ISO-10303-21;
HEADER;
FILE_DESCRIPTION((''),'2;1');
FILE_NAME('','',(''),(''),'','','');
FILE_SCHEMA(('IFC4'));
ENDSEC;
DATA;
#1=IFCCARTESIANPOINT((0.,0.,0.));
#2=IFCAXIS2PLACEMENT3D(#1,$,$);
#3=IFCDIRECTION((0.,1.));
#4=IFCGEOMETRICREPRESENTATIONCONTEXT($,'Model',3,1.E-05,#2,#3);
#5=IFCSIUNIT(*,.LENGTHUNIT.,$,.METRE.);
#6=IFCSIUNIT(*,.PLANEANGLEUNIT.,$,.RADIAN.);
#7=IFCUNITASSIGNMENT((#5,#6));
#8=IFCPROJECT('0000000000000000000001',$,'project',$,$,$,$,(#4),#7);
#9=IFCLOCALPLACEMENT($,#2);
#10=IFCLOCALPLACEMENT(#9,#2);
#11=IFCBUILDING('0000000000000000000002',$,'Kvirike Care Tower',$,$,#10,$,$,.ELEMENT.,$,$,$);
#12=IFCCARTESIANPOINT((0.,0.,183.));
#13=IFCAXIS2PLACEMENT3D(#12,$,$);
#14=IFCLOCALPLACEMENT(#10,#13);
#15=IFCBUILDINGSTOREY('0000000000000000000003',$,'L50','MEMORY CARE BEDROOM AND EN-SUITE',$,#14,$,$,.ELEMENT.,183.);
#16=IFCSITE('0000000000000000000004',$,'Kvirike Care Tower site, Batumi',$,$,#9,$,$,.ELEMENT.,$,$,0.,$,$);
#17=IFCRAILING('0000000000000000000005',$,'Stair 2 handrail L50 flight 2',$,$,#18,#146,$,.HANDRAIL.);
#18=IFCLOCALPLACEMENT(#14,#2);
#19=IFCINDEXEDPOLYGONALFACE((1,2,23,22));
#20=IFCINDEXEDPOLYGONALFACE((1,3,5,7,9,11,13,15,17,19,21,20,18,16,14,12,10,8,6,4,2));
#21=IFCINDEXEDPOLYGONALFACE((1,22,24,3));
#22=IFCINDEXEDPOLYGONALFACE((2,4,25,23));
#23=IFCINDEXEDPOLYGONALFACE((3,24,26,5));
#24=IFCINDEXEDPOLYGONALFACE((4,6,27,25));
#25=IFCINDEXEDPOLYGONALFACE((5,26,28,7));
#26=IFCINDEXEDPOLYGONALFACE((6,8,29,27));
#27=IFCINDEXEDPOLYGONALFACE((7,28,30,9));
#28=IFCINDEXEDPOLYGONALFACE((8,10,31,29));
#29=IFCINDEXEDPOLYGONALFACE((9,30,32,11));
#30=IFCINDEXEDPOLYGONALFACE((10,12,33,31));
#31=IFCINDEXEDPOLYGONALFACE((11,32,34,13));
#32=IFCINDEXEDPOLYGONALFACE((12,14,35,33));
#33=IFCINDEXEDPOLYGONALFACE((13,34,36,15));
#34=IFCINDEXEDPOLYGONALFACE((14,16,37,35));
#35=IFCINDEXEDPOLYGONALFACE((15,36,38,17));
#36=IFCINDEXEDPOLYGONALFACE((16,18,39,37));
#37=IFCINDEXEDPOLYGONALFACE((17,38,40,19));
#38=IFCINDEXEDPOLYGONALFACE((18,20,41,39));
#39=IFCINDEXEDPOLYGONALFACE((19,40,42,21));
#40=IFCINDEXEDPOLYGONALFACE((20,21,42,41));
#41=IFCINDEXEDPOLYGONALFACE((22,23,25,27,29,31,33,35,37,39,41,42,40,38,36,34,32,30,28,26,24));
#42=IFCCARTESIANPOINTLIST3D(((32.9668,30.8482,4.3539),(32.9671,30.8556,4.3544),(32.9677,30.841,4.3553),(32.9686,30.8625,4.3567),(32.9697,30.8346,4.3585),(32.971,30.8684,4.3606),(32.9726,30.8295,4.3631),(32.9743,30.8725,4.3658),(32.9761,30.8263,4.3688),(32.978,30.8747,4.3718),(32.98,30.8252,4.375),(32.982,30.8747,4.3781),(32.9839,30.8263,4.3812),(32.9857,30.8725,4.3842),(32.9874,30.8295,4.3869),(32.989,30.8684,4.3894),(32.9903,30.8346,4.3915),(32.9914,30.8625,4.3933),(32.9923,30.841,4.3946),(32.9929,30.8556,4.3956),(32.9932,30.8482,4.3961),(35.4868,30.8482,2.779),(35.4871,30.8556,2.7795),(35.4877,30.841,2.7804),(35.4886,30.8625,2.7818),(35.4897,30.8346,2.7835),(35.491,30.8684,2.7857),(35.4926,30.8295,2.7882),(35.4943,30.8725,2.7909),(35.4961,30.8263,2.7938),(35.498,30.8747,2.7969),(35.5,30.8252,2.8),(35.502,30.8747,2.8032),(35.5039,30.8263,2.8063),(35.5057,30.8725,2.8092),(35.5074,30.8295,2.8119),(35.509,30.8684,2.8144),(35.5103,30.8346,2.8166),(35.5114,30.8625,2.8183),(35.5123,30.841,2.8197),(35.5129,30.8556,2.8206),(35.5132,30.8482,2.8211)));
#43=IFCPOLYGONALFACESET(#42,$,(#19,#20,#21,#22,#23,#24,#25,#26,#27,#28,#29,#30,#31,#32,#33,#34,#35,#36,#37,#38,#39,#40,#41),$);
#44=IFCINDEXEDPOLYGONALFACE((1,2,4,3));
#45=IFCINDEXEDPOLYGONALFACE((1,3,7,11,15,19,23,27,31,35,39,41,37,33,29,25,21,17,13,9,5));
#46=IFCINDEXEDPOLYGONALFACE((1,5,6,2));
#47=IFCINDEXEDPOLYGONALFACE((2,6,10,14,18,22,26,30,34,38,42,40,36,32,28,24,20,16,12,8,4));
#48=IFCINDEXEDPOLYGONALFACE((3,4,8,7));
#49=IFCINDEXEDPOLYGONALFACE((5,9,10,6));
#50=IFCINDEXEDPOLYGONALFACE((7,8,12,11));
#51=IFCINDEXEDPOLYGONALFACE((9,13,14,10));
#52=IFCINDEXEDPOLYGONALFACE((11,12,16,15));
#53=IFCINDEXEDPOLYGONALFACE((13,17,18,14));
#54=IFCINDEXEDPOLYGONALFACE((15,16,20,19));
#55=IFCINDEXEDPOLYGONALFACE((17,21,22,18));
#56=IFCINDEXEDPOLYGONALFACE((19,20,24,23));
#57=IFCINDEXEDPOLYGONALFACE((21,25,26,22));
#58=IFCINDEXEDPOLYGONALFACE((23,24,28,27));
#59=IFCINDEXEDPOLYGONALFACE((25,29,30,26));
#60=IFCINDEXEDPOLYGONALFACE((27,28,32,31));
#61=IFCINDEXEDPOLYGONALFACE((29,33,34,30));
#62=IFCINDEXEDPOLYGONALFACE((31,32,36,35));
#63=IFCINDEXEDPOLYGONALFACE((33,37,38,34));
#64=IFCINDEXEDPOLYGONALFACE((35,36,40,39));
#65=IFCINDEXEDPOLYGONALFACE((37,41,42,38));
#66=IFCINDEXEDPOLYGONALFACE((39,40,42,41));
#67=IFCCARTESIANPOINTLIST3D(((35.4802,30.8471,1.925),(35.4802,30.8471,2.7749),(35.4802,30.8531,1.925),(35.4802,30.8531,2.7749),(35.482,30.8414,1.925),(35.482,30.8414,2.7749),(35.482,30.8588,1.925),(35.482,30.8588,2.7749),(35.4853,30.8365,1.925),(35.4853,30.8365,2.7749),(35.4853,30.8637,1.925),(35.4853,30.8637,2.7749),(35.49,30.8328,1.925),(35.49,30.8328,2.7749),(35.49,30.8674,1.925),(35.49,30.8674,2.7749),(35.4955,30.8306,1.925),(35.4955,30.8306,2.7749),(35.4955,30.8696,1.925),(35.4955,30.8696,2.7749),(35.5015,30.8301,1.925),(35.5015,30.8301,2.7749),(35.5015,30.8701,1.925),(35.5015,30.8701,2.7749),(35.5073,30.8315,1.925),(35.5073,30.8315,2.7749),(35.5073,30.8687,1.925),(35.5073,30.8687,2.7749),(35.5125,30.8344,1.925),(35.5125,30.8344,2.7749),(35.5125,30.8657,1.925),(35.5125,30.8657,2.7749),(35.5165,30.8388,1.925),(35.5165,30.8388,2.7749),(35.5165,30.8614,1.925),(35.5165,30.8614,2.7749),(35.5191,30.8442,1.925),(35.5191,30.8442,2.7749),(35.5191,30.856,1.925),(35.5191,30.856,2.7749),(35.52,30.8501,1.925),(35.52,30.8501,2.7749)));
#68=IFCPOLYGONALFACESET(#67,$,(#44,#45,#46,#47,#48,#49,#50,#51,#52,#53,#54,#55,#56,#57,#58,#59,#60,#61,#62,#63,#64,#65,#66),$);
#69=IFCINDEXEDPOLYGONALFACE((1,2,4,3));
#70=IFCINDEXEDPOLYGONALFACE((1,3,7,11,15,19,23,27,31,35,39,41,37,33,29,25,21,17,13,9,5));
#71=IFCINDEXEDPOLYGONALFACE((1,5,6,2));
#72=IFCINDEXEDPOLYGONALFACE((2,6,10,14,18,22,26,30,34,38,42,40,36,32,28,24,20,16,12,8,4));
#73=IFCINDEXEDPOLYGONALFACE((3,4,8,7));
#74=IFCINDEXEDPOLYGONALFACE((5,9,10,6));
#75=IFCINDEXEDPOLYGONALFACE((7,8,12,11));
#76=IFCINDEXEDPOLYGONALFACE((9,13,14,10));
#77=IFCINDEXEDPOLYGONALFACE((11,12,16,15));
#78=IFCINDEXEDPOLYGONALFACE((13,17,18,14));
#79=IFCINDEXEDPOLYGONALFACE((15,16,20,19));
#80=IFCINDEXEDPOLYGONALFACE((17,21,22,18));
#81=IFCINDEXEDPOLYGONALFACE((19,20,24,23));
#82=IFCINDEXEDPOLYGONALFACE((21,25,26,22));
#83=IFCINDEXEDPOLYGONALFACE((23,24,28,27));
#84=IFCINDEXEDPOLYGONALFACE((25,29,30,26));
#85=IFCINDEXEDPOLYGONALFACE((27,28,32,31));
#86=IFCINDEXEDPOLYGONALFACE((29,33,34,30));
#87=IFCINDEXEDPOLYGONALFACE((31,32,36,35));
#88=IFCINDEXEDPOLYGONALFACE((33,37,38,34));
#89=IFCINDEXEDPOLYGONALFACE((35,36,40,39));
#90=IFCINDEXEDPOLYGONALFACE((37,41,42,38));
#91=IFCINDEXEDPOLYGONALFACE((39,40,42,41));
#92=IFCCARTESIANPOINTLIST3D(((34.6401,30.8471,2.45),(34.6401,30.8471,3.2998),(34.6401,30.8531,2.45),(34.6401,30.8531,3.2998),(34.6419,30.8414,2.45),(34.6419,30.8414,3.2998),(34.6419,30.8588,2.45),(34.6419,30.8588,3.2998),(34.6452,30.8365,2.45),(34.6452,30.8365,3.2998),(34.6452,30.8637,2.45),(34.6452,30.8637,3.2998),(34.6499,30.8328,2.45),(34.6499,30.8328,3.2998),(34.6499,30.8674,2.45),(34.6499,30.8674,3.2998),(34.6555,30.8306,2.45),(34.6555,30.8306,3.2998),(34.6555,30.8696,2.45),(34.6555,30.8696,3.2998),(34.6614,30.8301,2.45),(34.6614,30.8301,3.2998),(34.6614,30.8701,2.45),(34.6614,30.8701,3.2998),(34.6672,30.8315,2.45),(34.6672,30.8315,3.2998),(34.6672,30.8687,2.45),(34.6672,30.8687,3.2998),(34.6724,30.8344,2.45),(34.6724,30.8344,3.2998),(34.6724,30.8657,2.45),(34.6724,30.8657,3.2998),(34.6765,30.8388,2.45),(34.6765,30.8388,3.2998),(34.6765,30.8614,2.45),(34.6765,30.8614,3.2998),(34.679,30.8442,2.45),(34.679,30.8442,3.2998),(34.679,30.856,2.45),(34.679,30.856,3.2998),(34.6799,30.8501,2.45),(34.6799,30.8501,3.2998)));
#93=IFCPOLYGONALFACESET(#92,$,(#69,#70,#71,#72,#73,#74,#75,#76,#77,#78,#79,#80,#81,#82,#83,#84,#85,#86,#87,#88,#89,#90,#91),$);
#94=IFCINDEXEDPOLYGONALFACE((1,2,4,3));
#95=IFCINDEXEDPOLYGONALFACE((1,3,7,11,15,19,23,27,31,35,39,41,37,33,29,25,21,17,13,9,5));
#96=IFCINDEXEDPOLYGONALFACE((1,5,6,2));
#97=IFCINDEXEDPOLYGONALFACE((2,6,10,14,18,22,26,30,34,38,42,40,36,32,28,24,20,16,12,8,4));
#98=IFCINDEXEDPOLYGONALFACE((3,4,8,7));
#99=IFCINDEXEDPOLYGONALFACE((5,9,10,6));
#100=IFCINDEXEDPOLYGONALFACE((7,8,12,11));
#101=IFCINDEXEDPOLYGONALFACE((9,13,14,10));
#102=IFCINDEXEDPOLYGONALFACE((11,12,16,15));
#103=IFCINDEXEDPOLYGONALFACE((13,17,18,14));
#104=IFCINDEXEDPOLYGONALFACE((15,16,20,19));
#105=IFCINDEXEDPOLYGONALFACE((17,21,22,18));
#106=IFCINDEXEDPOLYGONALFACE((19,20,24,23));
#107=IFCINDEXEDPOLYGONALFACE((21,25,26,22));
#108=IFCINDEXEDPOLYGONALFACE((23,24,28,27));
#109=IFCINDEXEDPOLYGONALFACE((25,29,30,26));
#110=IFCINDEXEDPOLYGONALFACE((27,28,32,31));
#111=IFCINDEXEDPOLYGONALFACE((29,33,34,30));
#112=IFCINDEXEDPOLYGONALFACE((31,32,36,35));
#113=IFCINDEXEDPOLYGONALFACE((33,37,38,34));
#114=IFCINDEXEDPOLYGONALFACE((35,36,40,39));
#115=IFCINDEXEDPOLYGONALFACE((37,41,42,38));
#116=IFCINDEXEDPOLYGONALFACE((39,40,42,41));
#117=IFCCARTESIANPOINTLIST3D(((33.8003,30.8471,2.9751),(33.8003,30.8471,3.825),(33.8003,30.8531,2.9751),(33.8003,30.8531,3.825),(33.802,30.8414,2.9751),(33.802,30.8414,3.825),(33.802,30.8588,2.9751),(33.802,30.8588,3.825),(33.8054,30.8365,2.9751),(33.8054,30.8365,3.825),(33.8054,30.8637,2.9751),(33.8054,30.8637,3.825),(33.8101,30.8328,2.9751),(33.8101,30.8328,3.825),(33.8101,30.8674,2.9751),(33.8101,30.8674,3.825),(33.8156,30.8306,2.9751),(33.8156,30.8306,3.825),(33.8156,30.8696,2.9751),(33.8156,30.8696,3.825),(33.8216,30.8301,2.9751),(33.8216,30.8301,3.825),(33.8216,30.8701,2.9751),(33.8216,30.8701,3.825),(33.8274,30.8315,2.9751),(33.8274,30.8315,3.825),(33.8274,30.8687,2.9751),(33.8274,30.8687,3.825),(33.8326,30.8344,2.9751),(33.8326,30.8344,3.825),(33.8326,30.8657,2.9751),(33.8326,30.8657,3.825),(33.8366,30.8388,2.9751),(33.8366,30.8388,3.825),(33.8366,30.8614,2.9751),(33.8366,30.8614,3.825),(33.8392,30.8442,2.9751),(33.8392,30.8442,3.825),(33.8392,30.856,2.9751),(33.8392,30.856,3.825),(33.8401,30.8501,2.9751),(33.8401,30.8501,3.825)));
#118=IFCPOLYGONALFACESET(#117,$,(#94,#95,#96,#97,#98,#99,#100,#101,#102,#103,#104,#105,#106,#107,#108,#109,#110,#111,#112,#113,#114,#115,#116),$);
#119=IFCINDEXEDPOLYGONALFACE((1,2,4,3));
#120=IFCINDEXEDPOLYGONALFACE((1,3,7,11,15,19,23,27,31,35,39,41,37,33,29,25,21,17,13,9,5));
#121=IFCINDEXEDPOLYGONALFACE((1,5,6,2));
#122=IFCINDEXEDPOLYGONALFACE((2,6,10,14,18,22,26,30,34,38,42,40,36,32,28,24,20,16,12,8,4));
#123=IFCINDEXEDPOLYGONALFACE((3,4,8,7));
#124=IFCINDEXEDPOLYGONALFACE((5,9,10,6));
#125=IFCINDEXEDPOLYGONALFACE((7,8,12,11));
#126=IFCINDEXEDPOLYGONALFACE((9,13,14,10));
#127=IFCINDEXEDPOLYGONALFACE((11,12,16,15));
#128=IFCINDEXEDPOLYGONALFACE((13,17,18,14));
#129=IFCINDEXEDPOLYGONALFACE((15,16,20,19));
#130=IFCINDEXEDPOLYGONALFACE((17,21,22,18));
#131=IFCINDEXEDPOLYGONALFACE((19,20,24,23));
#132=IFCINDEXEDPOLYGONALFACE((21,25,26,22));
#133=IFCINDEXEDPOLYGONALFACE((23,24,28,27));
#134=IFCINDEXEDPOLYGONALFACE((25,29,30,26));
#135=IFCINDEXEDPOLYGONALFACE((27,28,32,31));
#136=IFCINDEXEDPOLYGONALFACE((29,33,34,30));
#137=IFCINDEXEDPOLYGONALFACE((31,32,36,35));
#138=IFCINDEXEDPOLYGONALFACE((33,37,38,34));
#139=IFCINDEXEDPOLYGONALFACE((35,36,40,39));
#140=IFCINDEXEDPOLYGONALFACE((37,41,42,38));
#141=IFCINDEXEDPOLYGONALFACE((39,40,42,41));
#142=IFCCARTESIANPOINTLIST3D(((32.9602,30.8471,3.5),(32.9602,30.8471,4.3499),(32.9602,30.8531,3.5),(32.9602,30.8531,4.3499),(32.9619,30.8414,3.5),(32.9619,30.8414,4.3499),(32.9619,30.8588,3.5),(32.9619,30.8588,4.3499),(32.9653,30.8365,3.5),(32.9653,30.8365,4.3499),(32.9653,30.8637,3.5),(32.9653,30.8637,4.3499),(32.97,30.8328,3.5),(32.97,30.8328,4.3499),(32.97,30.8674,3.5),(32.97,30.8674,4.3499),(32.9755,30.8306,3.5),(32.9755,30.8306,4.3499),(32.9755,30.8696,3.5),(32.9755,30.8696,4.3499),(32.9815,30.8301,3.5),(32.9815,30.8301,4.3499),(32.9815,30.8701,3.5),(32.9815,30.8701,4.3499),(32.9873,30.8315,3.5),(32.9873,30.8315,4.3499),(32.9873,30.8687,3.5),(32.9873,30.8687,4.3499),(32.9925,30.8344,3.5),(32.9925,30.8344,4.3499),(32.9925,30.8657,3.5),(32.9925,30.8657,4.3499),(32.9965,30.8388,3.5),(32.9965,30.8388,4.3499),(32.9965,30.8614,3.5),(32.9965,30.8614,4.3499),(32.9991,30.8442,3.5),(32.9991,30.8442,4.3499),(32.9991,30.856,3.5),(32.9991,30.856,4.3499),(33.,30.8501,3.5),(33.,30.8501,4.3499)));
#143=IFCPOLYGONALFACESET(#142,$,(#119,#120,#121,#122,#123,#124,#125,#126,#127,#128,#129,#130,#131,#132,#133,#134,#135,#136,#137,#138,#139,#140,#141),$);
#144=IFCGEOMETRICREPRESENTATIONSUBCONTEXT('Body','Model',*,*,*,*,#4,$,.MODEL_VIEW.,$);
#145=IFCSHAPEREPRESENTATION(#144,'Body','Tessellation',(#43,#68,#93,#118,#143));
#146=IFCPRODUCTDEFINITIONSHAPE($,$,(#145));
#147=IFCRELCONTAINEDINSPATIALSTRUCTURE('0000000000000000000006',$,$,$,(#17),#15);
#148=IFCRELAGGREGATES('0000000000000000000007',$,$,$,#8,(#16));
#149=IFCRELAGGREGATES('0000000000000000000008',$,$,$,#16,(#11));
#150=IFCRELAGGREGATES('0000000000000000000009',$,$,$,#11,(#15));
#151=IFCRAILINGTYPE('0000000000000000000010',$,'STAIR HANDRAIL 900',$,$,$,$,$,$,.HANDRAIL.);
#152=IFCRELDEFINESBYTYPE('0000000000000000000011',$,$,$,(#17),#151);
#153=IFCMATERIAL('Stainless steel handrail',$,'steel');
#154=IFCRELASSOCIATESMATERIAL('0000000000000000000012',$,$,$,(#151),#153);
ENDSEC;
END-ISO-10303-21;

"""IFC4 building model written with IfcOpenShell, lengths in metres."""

from ifc_helpers import new_model, si_unit, direction, frame, origin, origin_2d, place, context, subcontext, project, spatial, circle, extrude, material, type_object, element, save


model = new_model("IFC4")

# Units and contexts
model_context = context("Model", 3, precision=1e-05, world=origin(), true_north=direction((0.0, 1.0)))
body_context = subcontext(model_context, "Body", "Model", "MODEL_VIEW")
ifc_project = project(units=[si_unit("LENGTHUNIT", "METRE"), si_unit("PLANEANGLEUNIT", "RADIAN")], contexts=[model_context])

# Site, building, storey
site_placement = place(None, origin())
site = spatial("IfcSite", under=ifc_project, at=site_placement, Name="Kvirike Care Tower site, Batumi", CompositionType="ELEMENT", RefElevation=0.0)
building_placement = place(site_placement, origin())
building = spatial("IfcBuilding", under=site, at=building_placement, Name="Kvirike Care Tower", CompositionType="ELEMENT")
storey_placement = place(building_placement, frame((0.0, 0.0, 183.0)))
storey = spatial("IfcBuildingStorey", under=building, at=storey_placement, Name="L50", Description="MEMORY CARE BEDROOM AND EN-SUITE", CompositionType="ELEMENT", Elevation=183.0)

# Railing
ifc_material_1 = material(Name="Stainless steel handrail", Category="steel")
railing_type = type_object("IfcRailingType", Name="STAIR HANDRAIL 900", PredefinedType="HANDRAIL", material=ifc_material_1)
railing_1_placement = place(storey_placement, frame((35.5, 30.8501, 1.925)))
element("IfcRailing", 1, at=railing_1_placement, inside=storey, type_object=railing_type, Name="Stair 2 handrail L50 flight 2", PredefinedType="HANDRAIL", context=body_context, shape_type="SweptSolid", body=[
    extrude(circle(Radius=0.0249, at=origin_2d()), frame((0.0, 0.0, 0.875), z_axis=(-0.848008, 0.0, 0.529984), x_axis=(0.0, -1.0, 0.0)), (0.0, 0.0, 1.0), 2.9717),
    extrude(circle(Radius=0.02, at=origin_2d()), origin(), (0.0, 0.0, 1.0), 0.8499),
    extrude(circle(Radius=0.02, at=origin_2d()), frame((-0.8401, 0.0, 0.5249)), (0.0, 0.0, 1.0), 0.8499),
    extrude(circle(Radius=0.02, at=origin_2d()), frame((-1.6799, 0.0, 1.05)), (0.0, 0.0, 1.0), 0.8499),
    extrude(circle(Radius=0.02, at=origin_2d()), frame((-2.52, 0.0, 1.575)), (0.0, 0.0, 1.0), 0.8499),
])

save(model, "model.ifc")
